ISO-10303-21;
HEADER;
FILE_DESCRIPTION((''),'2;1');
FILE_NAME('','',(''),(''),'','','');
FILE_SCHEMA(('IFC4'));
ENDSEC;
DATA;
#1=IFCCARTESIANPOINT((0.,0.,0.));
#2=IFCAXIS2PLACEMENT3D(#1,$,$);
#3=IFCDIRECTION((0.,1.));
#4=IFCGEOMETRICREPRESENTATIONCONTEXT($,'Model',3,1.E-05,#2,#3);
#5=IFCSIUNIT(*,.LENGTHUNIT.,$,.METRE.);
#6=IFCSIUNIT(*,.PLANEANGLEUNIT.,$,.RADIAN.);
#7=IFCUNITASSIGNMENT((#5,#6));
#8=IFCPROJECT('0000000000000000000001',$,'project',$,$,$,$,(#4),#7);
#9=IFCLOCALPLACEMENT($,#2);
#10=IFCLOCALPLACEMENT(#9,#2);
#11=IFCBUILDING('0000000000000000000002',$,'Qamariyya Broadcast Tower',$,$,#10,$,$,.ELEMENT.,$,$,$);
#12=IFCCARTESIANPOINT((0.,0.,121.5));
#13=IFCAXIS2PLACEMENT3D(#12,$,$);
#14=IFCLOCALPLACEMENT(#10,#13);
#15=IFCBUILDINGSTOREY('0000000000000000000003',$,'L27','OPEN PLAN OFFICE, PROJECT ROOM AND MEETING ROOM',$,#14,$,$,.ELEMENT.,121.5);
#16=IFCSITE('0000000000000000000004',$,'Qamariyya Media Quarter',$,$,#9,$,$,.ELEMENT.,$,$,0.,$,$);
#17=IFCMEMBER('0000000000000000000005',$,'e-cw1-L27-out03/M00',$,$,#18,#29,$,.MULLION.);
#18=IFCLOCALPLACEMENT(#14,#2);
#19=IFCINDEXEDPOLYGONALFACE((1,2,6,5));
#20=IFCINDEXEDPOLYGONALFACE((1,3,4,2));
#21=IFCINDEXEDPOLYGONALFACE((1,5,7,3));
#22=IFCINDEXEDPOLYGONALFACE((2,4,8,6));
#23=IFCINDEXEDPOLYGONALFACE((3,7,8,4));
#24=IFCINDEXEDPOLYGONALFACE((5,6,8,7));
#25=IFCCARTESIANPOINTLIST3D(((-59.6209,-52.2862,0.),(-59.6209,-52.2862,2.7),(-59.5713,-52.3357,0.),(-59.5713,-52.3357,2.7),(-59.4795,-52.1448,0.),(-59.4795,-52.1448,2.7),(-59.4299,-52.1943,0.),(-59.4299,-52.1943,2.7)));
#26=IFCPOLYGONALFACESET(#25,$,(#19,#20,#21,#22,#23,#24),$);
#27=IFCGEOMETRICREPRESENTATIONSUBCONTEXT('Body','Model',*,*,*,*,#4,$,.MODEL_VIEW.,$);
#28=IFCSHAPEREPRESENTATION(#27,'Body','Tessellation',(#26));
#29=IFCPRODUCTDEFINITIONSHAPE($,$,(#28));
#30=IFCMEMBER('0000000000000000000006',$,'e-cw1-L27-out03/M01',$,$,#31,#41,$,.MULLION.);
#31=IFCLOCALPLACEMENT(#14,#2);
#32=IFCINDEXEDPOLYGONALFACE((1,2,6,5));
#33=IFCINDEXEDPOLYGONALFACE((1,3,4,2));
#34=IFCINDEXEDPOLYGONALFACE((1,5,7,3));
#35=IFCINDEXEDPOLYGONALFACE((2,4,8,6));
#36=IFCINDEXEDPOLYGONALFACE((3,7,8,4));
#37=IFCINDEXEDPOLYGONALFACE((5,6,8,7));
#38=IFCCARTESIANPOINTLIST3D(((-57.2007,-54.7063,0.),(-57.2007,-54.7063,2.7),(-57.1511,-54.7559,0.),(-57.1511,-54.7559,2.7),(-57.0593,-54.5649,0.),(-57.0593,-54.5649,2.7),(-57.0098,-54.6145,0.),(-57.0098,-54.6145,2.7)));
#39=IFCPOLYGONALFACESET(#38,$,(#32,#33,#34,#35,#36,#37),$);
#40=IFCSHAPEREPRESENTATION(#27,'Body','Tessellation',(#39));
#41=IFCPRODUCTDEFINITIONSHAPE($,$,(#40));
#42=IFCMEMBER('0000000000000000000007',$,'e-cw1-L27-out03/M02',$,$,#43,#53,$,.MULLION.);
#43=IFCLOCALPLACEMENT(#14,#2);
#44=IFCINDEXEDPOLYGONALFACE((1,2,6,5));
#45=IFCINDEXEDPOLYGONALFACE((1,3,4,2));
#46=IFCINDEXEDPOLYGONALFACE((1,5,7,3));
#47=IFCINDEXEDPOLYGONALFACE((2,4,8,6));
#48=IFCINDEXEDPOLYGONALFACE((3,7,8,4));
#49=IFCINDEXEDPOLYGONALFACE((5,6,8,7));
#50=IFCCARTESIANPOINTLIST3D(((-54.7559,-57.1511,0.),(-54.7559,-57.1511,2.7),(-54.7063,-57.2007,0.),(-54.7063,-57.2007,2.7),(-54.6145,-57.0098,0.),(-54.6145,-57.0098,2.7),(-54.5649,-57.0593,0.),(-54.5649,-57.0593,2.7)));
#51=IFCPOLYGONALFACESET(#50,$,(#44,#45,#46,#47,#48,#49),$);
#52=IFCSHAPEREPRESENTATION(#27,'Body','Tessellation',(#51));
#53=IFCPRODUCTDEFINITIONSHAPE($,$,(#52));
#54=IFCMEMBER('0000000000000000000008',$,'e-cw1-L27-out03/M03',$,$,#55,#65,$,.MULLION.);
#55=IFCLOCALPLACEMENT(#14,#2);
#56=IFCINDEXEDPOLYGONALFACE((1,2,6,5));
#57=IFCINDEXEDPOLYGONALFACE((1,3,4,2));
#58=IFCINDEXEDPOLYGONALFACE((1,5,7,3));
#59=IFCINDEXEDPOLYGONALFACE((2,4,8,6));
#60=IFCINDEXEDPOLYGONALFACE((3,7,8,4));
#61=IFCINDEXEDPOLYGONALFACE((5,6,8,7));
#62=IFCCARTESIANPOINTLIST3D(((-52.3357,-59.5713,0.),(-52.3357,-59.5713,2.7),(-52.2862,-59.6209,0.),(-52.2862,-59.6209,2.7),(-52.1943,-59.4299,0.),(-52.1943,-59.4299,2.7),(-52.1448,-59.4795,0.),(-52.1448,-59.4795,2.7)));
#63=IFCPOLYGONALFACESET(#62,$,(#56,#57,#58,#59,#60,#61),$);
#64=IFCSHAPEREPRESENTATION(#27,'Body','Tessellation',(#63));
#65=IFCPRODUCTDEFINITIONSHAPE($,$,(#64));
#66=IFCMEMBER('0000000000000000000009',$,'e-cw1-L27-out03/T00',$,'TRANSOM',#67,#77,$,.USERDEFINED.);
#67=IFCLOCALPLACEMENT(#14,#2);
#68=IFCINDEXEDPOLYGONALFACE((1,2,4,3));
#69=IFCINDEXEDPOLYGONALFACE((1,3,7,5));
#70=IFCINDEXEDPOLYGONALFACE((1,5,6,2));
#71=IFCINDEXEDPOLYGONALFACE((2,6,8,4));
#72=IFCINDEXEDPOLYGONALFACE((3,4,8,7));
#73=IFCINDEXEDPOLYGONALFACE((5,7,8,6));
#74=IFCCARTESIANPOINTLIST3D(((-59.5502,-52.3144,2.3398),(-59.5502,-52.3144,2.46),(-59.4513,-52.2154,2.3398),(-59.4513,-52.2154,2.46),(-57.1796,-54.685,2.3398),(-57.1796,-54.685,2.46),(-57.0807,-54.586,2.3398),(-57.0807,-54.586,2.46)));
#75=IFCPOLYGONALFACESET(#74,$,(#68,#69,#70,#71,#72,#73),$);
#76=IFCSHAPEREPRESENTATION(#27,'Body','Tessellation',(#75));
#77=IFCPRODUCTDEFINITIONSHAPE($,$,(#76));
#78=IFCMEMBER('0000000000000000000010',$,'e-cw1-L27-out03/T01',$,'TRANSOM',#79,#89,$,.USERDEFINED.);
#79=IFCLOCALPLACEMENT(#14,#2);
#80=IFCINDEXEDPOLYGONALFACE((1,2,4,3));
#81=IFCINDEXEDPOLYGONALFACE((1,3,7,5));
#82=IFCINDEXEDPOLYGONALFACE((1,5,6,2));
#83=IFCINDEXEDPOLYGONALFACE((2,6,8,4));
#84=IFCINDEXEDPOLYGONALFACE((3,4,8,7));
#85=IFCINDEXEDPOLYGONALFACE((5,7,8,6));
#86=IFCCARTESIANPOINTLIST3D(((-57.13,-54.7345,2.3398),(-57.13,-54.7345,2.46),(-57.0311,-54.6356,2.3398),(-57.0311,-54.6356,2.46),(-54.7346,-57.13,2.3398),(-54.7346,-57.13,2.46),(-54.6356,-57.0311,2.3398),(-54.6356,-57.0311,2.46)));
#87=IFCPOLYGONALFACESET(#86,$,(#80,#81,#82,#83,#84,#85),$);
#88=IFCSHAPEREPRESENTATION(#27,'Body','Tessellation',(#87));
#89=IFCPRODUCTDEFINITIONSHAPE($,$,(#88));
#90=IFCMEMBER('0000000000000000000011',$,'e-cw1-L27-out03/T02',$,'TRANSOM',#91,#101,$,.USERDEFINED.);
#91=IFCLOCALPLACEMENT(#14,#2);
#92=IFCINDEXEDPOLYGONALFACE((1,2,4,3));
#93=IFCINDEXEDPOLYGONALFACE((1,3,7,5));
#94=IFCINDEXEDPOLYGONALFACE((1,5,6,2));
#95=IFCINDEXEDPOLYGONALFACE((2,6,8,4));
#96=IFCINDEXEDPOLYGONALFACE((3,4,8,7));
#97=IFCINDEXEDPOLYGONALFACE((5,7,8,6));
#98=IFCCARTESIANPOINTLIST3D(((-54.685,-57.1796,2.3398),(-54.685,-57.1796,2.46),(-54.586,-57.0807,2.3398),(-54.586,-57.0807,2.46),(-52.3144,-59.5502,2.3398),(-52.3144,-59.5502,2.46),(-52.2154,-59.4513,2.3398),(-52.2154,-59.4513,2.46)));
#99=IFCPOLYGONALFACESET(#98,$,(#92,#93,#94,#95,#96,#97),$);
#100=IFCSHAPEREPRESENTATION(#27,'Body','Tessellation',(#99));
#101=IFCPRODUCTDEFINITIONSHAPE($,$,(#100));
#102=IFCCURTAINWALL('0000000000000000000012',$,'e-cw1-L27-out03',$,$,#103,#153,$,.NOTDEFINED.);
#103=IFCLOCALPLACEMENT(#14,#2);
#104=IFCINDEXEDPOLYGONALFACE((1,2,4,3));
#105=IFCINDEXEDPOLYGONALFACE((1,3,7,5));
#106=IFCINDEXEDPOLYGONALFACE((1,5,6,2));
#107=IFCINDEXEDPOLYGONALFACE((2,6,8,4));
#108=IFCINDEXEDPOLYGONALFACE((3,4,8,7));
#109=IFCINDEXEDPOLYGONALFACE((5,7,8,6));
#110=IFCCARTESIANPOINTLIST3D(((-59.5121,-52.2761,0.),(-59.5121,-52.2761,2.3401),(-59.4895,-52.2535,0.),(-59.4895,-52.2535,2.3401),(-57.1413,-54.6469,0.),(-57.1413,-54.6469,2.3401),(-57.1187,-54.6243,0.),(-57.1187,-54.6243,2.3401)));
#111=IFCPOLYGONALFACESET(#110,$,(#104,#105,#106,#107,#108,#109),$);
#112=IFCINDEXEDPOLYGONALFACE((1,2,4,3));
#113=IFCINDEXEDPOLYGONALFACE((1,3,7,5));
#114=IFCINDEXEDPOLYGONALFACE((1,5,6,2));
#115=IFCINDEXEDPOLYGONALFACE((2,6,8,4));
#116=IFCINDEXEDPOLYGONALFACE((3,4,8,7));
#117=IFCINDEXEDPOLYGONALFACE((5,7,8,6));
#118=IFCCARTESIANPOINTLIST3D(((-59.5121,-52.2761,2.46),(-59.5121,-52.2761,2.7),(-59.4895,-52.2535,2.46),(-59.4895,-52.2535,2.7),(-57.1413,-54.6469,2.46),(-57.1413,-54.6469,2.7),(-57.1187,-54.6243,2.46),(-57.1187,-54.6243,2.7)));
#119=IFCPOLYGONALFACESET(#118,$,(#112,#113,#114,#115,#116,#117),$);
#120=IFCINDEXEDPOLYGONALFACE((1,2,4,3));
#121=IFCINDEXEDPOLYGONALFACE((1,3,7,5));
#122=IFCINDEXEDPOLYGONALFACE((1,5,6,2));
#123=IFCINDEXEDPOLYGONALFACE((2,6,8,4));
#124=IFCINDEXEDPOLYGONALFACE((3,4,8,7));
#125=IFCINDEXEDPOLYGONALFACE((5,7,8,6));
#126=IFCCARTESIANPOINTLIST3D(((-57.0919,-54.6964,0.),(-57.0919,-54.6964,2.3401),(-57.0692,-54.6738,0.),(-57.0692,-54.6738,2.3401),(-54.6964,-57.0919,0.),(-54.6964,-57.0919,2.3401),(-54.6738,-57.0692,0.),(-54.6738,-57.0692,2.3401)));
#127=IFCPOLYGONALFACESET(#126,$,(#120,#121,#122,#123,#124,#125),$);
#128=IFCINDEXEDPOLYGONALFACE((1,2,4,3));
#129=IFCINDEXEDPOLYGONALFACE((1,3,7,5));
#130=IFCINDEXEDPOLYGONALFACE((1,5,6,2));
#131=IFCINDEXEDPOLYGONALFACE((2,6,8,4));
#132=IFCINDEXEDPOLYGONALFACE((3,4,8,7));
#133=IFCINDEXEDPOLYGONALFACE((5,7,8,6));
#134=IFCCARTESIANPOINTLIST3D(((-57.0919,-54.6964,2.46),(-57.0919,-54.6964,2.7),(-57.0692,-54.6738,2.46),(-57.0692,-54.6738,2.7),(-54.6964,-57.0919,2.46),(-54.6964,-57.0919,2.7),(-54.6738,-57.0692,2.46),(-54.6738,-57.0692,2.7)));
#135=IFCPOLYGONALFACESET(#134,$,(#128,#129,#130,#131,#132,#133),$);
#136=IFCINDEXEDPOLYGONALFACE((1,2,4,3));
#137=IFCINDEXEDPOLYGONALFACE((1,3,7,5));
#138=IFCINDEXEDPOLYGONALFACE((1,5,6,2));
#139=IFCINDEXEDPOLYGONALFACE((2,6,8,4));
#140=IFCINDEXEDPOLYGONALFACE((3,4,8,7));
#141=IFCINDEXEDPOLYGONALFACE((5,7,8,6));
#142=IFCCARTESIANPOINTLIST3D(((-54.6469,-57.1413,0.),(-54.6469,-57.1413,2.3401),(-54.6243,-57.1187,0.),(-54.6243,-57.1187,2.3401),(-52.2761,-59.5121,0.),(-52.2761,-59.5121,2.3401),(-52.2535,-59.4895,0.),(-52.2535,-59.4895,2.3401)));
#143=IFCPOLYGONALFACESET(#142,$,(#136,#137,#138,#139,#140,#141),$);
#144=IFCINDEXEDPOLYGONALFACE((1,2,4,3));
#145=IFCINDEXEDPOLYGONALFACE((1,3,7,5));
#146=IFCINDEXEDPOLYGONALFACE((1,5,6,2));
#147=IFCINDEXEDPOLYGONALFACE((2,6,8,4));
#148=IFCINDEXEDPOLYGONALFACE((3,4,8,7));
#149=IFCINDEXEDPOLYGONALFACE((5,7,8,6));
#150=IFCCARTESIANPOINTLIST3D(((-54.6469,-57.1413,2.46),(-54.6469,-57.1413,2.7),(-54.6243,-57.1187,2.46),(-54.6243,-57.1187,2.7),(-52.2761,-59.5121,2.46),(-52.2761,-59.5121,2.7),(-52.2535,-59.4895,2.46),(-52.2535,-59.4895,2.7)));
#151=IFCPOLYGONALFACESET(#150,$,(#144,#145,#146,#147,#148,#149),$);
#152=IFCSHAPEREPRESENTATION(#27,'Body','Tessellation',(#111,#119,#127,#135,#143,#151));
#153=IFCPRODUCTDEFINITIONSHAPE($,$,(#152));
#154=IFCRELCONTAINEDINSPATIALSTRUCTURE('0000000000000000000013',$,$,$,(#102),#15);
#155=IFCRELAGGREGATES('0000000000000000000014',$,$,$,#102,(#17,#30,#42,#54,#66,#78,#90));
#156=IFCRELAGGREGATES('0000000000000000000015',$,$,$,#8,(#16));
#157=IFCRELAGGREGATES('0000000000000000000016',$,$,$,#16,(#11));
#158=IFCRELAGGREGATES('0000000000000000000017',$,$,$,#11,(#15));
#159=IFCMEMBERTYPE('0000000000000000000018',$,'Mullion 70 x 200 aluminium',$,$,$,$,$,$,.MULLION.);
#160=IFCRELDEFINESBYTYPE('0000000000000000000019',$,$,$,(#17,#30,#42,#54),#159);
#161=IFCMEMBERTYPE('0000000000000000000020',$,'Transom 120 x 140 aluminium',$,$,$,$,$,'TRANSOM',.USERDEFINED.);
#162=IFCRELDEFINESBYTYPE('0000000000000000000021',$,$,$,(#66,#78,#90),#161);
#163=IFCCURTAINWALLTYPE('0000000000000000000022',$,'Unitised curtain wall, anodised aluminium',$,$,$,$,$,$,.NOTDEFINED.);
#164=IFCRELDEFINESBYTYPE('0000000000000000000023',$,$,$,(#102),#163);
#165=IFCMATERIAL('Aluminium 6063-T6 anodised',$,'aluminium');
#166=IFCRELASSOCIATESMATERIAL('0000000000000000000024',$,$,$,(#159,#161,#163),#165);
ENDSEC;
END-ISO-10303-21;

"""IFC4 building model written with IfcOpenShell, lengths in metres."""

from ifc_helpers import new_model, si_unit, direction, frame, origin, origin_2d, place, context, subcontext, project, spatial, rectangle, extrude, material, material_profile, profile_set, type_object, element, aggregate, save


model = new_model("IFC4")

# Units and contexts
model_context = context("Model", 3, precision=1e-05, world=origin(), true_north=direction((0.0, 1.0)))
body_context = subcontext(model_context, "Body", "Model", "MODEL_VIEW")
ifc_project = project(units=[si_unit("LENGTHUNIT", "METRE"), si_unit("PLANEANGLEUNIT", "RADIAN")], contexts=[model_context])

# Members
ifc_material = material(Name="Aluminium 6063-T6 anodised", Category="aluminium")
ifc_material_profile_1 = material_profile(ifc_material, rectangle(XDim=0.2, YDim=0.0701, at=origin_2d()))
ifc_profile_set_1 = profile_set([ifc_material_profile_1], Name="Aluminium 6063-T6 anodised")
member_type_1 = type_object("IfcMemberType", Name="Mullion 70 x 200 aluminium", PredefinedType="MULLION", material=ifc_profile_set_1)
site_placement = place(None, origin())
building_placement = place(site_placement, origin())
storey_placement = place(building_placement, frame((0.0, 0.0, 121.5)))
member_1_placement = place(storey_placement, frame((-59.5254, -52.2402, 0.0), z_axis=(0.0, 0.0, 1.0), x_axis=(0.707107, 0.707107, 0.0)))
member_1 = element("IfcMember", 1, at=member_1_placement, type_object=member_type_1, Name="e-cw1-L27-out03/M00", PredefinedType="MULLION", context=body_context, shape_type="SweptSolid", body=[
    extrude(rectangle(XDim=0.2, YDim=0.0701, at=origin_2d()), origin(), (0.0, 0.0, 1.0), 2.7),
])
member_2_placement = place(storey_placement, frame((-57.1052, -54.6604, 0.0), z_axis=(0.0, 0.0, 1.0), x_axis=(0.707107, 0.707107, 0.0)))
member_2 = element("IfcMember", 2, at=member_2_placement, type_object=member_type_1, Name="e-cw1-L27-out03/M01", PredefinedType="MULLION", context=body_context, shape_type="SweptSolid", body=[
    extrude(rectangle(XDim=0.2, YDim=0.0701, at=origin_2d()), origin(), (0.0, 0.0, 1.0), 2.7),
])
member_3_placement = place(storey_placement, frame((-54.6604, -57.1052, 0.0), z_axis=(0.0, 0.0, 1.0), x_axis=(0.707107, 0.707107, 0.0)))
member_3 = element("IfcMember", 3, at=member_3_placement, type_object=member_type_1, Name="e-cw1-L27-out03/M02", PredefinedType="MULLION", context=body_context, shape_type="SweptSolid", body=[
    extrude(rectangle(XDim=0.2, YDim=0.0701, at=origin_2d()), origin(), (0.0, 0.0, 1.0), 2.7),
])
member_4_placement = place(storey_placement, frame((-52.2402, -59.5254, 0.0), z_axis=(0.0, 0.0, 1.0), x_axis=(0.707107, 0.707107, 0.0)))
member_4 = element("IfcMember", 4, at=member_4_placement, type_object=member_type_1, Name="e-cw1-L27-out03/M03", PredefinedType="MULLION", context=body_context, shape_type="SweptSolid", body=[
    extrude(rectangle(XDim=0.2, YDim=0.0701, at=origin_2d()), origin(), (0.0, 0.0, 1.0), 2.7),
])
ifc_material_profile_2 = material_profile(ifc_material, rectangle(XDim=0.1399, YDim=0.1201, at=origin_2d()))
ifc_profile_set_2 = profile_set([ifc_material_profile_2], Name="Aluminium 6063-T6 anodised")
member_type_2 = type_object("IfcMemberType", Name="Transom 120 x 140 aluminium", ElementType="TRANSOM", PredefinedType="USERDEFINED", material=ifc_profile_set_2)
member_5_placement = place(storey_placement, frame((-59.5007, -52.2649, 2.3999), z_axis=(0.707107, -0.707107, 0.0), x_axis=(0.707107, 0.707107, 0.0)))
member_5 = element("IfcMember", 5, at=member_5_placement, type_object=member_type_2, Name="e-cw1-L27-out03/T00", ObjectType="TRANSOM", PredefinedType="USERDEFINED", context=body_context, shape_type="SweptSolid", body=[
    extrude(rectangle(XDim=0.1399, YDim=0.1201, at=origin_2d()), origin(), (0.0, 0.0, 1.0), 3.3525),
])
member_6_placement = place(storey_placement, frame((-57.0806, -54.6851, 2.3999), z_axis=(0.707107, -0.707107, 0.0), x_axis=(0.707107, 0.707107, 0.0)))
member_6 = element("IfcMember", 6, at=member_6_placement, type_object=member_type_2, Name="e-cw1-L27-out03/T01", ObjectType="TRANSOM", PredefinedType="USERDEFINED", context=body_context, shape_type="SweptSolid", body=[
    extrude(rectangle(XDim=0.1399, YDim=0.1201, at=origin_2d()), origin(), (0.0, 0.0, 1.0), 3.3877),
])
member_7_placement = place(storey_placement, frame((-54.6355, -57.1301, 2.3999), z_axis=(0.707107, -0.707107, 0.0), x_axis=(0.707107, 0.707107, 0.0)))
member_7 = element("IfcMember", 7, at=member_7_placement, type_object=member_type_2, Name="e-cw1-L27-out03/T02", ObjectType="TRANSOM", PredefinedType="USERDEFINED", context=body_context, shape_type="SweptSolid", body=[
    extrude(rectangle(XDim=0.1399, YDim=0.1201, at=origin_2d()), origin(), (0.0, 0.0, 1.0), 3.3525),
])

# Site, building, storey
site = spatial("IfcSite", under=ifc_project, at=site_placement, Name="Qamariyya Media Quarter", CompositionType="ELEMENT", RefElevation=0.0)
building = spatial("IfcBuilding", under=site, at=building_placement, Name="Qamariyya Broadcast Tower", CompositionType="ELEMENT")
storey = spatial("IfcBuildingStorey", under=building, at=storey_placement, Name="L27", Description="OPEN PLAN OFFICE, PROJECT ROOM AND MEETING ROOM", CompositionType="ELEMENT", Elevation=121.5)

# Curtain wall
curtain_wall_type = type_object("IfcCurtainWallType", Name="Unitised curtain wall, anodised aluminium", PredefinedType="NOTDEFINED", material=ifc_material)
curtain_wall_1_placement = place(storey_placement, origin())
curtain_wall_1 = element("IfcCurtainWall", 8, at=curtain_wall_1_placement, inside=storey, type_object=curtain_wall_type, Name="e-cw1-L27-out03", PredefinedType="NOTDEFINED", context=body_context, shape_type="SweptSolid", body=[
    extrude(rectangle(XDim=3.3528, YDim=0.032, at=origin_2d()), frame((-58.3154, -53.4502, 0.0), x_axis=(0.707107, -0.707107, 0.0)), (0.0, 0.0, 1.0), 2.3401),
    extrude(rectangle(XDim=3.3528, YDim=0.032, at=origin_2d()), frame((-58.3154, -53.4502, 2.46), x_axis=(0.707107, -0.707107, 0.0)), (0.0, 0.0, 1.0), 0.24),
    extrude(rectangle(XDim=3.3877, YDim=0.032, at=origin_2d()), frame((-55.8828, -55.8828, 0.0), x_axis=(0.707107, -0.707107, 0.0)), (0.0, 0.0, 1.0), 2.3401),
    extrude(rectangle(XDim=3.3877, YDim=0.032, at=origin_2d()), frame((-55.8828, -55.8828, 2.46), x_axis=(0.707107, -0.707107, 0.0)), (0.0, 0.0, 1.0), 0.24),
    extrude(rectangle(XDim=3.3528, YDim=0.032, at=origin_2d()), frame((-53.4502, -58.3154, 0.0), x_axis=(0.707107, -0.707107, 0.0)), (0.0, 0.0, 1.0), 2.3401),
    extrude(rectangle(XDim=3.3528, YDim=0.032, at=origin_2d()), frame((-53.4502, -58.3154, 2.46), x_axis=(0.707107, -0.707107, 0.0)), (0.0, 0.0, 1.0), 0.24),
])
aggregate(curtain_wall_1, [member_1, member_2, member_3, member_4, member_5, member_6, member_7])

save(model, "model.ifc")
